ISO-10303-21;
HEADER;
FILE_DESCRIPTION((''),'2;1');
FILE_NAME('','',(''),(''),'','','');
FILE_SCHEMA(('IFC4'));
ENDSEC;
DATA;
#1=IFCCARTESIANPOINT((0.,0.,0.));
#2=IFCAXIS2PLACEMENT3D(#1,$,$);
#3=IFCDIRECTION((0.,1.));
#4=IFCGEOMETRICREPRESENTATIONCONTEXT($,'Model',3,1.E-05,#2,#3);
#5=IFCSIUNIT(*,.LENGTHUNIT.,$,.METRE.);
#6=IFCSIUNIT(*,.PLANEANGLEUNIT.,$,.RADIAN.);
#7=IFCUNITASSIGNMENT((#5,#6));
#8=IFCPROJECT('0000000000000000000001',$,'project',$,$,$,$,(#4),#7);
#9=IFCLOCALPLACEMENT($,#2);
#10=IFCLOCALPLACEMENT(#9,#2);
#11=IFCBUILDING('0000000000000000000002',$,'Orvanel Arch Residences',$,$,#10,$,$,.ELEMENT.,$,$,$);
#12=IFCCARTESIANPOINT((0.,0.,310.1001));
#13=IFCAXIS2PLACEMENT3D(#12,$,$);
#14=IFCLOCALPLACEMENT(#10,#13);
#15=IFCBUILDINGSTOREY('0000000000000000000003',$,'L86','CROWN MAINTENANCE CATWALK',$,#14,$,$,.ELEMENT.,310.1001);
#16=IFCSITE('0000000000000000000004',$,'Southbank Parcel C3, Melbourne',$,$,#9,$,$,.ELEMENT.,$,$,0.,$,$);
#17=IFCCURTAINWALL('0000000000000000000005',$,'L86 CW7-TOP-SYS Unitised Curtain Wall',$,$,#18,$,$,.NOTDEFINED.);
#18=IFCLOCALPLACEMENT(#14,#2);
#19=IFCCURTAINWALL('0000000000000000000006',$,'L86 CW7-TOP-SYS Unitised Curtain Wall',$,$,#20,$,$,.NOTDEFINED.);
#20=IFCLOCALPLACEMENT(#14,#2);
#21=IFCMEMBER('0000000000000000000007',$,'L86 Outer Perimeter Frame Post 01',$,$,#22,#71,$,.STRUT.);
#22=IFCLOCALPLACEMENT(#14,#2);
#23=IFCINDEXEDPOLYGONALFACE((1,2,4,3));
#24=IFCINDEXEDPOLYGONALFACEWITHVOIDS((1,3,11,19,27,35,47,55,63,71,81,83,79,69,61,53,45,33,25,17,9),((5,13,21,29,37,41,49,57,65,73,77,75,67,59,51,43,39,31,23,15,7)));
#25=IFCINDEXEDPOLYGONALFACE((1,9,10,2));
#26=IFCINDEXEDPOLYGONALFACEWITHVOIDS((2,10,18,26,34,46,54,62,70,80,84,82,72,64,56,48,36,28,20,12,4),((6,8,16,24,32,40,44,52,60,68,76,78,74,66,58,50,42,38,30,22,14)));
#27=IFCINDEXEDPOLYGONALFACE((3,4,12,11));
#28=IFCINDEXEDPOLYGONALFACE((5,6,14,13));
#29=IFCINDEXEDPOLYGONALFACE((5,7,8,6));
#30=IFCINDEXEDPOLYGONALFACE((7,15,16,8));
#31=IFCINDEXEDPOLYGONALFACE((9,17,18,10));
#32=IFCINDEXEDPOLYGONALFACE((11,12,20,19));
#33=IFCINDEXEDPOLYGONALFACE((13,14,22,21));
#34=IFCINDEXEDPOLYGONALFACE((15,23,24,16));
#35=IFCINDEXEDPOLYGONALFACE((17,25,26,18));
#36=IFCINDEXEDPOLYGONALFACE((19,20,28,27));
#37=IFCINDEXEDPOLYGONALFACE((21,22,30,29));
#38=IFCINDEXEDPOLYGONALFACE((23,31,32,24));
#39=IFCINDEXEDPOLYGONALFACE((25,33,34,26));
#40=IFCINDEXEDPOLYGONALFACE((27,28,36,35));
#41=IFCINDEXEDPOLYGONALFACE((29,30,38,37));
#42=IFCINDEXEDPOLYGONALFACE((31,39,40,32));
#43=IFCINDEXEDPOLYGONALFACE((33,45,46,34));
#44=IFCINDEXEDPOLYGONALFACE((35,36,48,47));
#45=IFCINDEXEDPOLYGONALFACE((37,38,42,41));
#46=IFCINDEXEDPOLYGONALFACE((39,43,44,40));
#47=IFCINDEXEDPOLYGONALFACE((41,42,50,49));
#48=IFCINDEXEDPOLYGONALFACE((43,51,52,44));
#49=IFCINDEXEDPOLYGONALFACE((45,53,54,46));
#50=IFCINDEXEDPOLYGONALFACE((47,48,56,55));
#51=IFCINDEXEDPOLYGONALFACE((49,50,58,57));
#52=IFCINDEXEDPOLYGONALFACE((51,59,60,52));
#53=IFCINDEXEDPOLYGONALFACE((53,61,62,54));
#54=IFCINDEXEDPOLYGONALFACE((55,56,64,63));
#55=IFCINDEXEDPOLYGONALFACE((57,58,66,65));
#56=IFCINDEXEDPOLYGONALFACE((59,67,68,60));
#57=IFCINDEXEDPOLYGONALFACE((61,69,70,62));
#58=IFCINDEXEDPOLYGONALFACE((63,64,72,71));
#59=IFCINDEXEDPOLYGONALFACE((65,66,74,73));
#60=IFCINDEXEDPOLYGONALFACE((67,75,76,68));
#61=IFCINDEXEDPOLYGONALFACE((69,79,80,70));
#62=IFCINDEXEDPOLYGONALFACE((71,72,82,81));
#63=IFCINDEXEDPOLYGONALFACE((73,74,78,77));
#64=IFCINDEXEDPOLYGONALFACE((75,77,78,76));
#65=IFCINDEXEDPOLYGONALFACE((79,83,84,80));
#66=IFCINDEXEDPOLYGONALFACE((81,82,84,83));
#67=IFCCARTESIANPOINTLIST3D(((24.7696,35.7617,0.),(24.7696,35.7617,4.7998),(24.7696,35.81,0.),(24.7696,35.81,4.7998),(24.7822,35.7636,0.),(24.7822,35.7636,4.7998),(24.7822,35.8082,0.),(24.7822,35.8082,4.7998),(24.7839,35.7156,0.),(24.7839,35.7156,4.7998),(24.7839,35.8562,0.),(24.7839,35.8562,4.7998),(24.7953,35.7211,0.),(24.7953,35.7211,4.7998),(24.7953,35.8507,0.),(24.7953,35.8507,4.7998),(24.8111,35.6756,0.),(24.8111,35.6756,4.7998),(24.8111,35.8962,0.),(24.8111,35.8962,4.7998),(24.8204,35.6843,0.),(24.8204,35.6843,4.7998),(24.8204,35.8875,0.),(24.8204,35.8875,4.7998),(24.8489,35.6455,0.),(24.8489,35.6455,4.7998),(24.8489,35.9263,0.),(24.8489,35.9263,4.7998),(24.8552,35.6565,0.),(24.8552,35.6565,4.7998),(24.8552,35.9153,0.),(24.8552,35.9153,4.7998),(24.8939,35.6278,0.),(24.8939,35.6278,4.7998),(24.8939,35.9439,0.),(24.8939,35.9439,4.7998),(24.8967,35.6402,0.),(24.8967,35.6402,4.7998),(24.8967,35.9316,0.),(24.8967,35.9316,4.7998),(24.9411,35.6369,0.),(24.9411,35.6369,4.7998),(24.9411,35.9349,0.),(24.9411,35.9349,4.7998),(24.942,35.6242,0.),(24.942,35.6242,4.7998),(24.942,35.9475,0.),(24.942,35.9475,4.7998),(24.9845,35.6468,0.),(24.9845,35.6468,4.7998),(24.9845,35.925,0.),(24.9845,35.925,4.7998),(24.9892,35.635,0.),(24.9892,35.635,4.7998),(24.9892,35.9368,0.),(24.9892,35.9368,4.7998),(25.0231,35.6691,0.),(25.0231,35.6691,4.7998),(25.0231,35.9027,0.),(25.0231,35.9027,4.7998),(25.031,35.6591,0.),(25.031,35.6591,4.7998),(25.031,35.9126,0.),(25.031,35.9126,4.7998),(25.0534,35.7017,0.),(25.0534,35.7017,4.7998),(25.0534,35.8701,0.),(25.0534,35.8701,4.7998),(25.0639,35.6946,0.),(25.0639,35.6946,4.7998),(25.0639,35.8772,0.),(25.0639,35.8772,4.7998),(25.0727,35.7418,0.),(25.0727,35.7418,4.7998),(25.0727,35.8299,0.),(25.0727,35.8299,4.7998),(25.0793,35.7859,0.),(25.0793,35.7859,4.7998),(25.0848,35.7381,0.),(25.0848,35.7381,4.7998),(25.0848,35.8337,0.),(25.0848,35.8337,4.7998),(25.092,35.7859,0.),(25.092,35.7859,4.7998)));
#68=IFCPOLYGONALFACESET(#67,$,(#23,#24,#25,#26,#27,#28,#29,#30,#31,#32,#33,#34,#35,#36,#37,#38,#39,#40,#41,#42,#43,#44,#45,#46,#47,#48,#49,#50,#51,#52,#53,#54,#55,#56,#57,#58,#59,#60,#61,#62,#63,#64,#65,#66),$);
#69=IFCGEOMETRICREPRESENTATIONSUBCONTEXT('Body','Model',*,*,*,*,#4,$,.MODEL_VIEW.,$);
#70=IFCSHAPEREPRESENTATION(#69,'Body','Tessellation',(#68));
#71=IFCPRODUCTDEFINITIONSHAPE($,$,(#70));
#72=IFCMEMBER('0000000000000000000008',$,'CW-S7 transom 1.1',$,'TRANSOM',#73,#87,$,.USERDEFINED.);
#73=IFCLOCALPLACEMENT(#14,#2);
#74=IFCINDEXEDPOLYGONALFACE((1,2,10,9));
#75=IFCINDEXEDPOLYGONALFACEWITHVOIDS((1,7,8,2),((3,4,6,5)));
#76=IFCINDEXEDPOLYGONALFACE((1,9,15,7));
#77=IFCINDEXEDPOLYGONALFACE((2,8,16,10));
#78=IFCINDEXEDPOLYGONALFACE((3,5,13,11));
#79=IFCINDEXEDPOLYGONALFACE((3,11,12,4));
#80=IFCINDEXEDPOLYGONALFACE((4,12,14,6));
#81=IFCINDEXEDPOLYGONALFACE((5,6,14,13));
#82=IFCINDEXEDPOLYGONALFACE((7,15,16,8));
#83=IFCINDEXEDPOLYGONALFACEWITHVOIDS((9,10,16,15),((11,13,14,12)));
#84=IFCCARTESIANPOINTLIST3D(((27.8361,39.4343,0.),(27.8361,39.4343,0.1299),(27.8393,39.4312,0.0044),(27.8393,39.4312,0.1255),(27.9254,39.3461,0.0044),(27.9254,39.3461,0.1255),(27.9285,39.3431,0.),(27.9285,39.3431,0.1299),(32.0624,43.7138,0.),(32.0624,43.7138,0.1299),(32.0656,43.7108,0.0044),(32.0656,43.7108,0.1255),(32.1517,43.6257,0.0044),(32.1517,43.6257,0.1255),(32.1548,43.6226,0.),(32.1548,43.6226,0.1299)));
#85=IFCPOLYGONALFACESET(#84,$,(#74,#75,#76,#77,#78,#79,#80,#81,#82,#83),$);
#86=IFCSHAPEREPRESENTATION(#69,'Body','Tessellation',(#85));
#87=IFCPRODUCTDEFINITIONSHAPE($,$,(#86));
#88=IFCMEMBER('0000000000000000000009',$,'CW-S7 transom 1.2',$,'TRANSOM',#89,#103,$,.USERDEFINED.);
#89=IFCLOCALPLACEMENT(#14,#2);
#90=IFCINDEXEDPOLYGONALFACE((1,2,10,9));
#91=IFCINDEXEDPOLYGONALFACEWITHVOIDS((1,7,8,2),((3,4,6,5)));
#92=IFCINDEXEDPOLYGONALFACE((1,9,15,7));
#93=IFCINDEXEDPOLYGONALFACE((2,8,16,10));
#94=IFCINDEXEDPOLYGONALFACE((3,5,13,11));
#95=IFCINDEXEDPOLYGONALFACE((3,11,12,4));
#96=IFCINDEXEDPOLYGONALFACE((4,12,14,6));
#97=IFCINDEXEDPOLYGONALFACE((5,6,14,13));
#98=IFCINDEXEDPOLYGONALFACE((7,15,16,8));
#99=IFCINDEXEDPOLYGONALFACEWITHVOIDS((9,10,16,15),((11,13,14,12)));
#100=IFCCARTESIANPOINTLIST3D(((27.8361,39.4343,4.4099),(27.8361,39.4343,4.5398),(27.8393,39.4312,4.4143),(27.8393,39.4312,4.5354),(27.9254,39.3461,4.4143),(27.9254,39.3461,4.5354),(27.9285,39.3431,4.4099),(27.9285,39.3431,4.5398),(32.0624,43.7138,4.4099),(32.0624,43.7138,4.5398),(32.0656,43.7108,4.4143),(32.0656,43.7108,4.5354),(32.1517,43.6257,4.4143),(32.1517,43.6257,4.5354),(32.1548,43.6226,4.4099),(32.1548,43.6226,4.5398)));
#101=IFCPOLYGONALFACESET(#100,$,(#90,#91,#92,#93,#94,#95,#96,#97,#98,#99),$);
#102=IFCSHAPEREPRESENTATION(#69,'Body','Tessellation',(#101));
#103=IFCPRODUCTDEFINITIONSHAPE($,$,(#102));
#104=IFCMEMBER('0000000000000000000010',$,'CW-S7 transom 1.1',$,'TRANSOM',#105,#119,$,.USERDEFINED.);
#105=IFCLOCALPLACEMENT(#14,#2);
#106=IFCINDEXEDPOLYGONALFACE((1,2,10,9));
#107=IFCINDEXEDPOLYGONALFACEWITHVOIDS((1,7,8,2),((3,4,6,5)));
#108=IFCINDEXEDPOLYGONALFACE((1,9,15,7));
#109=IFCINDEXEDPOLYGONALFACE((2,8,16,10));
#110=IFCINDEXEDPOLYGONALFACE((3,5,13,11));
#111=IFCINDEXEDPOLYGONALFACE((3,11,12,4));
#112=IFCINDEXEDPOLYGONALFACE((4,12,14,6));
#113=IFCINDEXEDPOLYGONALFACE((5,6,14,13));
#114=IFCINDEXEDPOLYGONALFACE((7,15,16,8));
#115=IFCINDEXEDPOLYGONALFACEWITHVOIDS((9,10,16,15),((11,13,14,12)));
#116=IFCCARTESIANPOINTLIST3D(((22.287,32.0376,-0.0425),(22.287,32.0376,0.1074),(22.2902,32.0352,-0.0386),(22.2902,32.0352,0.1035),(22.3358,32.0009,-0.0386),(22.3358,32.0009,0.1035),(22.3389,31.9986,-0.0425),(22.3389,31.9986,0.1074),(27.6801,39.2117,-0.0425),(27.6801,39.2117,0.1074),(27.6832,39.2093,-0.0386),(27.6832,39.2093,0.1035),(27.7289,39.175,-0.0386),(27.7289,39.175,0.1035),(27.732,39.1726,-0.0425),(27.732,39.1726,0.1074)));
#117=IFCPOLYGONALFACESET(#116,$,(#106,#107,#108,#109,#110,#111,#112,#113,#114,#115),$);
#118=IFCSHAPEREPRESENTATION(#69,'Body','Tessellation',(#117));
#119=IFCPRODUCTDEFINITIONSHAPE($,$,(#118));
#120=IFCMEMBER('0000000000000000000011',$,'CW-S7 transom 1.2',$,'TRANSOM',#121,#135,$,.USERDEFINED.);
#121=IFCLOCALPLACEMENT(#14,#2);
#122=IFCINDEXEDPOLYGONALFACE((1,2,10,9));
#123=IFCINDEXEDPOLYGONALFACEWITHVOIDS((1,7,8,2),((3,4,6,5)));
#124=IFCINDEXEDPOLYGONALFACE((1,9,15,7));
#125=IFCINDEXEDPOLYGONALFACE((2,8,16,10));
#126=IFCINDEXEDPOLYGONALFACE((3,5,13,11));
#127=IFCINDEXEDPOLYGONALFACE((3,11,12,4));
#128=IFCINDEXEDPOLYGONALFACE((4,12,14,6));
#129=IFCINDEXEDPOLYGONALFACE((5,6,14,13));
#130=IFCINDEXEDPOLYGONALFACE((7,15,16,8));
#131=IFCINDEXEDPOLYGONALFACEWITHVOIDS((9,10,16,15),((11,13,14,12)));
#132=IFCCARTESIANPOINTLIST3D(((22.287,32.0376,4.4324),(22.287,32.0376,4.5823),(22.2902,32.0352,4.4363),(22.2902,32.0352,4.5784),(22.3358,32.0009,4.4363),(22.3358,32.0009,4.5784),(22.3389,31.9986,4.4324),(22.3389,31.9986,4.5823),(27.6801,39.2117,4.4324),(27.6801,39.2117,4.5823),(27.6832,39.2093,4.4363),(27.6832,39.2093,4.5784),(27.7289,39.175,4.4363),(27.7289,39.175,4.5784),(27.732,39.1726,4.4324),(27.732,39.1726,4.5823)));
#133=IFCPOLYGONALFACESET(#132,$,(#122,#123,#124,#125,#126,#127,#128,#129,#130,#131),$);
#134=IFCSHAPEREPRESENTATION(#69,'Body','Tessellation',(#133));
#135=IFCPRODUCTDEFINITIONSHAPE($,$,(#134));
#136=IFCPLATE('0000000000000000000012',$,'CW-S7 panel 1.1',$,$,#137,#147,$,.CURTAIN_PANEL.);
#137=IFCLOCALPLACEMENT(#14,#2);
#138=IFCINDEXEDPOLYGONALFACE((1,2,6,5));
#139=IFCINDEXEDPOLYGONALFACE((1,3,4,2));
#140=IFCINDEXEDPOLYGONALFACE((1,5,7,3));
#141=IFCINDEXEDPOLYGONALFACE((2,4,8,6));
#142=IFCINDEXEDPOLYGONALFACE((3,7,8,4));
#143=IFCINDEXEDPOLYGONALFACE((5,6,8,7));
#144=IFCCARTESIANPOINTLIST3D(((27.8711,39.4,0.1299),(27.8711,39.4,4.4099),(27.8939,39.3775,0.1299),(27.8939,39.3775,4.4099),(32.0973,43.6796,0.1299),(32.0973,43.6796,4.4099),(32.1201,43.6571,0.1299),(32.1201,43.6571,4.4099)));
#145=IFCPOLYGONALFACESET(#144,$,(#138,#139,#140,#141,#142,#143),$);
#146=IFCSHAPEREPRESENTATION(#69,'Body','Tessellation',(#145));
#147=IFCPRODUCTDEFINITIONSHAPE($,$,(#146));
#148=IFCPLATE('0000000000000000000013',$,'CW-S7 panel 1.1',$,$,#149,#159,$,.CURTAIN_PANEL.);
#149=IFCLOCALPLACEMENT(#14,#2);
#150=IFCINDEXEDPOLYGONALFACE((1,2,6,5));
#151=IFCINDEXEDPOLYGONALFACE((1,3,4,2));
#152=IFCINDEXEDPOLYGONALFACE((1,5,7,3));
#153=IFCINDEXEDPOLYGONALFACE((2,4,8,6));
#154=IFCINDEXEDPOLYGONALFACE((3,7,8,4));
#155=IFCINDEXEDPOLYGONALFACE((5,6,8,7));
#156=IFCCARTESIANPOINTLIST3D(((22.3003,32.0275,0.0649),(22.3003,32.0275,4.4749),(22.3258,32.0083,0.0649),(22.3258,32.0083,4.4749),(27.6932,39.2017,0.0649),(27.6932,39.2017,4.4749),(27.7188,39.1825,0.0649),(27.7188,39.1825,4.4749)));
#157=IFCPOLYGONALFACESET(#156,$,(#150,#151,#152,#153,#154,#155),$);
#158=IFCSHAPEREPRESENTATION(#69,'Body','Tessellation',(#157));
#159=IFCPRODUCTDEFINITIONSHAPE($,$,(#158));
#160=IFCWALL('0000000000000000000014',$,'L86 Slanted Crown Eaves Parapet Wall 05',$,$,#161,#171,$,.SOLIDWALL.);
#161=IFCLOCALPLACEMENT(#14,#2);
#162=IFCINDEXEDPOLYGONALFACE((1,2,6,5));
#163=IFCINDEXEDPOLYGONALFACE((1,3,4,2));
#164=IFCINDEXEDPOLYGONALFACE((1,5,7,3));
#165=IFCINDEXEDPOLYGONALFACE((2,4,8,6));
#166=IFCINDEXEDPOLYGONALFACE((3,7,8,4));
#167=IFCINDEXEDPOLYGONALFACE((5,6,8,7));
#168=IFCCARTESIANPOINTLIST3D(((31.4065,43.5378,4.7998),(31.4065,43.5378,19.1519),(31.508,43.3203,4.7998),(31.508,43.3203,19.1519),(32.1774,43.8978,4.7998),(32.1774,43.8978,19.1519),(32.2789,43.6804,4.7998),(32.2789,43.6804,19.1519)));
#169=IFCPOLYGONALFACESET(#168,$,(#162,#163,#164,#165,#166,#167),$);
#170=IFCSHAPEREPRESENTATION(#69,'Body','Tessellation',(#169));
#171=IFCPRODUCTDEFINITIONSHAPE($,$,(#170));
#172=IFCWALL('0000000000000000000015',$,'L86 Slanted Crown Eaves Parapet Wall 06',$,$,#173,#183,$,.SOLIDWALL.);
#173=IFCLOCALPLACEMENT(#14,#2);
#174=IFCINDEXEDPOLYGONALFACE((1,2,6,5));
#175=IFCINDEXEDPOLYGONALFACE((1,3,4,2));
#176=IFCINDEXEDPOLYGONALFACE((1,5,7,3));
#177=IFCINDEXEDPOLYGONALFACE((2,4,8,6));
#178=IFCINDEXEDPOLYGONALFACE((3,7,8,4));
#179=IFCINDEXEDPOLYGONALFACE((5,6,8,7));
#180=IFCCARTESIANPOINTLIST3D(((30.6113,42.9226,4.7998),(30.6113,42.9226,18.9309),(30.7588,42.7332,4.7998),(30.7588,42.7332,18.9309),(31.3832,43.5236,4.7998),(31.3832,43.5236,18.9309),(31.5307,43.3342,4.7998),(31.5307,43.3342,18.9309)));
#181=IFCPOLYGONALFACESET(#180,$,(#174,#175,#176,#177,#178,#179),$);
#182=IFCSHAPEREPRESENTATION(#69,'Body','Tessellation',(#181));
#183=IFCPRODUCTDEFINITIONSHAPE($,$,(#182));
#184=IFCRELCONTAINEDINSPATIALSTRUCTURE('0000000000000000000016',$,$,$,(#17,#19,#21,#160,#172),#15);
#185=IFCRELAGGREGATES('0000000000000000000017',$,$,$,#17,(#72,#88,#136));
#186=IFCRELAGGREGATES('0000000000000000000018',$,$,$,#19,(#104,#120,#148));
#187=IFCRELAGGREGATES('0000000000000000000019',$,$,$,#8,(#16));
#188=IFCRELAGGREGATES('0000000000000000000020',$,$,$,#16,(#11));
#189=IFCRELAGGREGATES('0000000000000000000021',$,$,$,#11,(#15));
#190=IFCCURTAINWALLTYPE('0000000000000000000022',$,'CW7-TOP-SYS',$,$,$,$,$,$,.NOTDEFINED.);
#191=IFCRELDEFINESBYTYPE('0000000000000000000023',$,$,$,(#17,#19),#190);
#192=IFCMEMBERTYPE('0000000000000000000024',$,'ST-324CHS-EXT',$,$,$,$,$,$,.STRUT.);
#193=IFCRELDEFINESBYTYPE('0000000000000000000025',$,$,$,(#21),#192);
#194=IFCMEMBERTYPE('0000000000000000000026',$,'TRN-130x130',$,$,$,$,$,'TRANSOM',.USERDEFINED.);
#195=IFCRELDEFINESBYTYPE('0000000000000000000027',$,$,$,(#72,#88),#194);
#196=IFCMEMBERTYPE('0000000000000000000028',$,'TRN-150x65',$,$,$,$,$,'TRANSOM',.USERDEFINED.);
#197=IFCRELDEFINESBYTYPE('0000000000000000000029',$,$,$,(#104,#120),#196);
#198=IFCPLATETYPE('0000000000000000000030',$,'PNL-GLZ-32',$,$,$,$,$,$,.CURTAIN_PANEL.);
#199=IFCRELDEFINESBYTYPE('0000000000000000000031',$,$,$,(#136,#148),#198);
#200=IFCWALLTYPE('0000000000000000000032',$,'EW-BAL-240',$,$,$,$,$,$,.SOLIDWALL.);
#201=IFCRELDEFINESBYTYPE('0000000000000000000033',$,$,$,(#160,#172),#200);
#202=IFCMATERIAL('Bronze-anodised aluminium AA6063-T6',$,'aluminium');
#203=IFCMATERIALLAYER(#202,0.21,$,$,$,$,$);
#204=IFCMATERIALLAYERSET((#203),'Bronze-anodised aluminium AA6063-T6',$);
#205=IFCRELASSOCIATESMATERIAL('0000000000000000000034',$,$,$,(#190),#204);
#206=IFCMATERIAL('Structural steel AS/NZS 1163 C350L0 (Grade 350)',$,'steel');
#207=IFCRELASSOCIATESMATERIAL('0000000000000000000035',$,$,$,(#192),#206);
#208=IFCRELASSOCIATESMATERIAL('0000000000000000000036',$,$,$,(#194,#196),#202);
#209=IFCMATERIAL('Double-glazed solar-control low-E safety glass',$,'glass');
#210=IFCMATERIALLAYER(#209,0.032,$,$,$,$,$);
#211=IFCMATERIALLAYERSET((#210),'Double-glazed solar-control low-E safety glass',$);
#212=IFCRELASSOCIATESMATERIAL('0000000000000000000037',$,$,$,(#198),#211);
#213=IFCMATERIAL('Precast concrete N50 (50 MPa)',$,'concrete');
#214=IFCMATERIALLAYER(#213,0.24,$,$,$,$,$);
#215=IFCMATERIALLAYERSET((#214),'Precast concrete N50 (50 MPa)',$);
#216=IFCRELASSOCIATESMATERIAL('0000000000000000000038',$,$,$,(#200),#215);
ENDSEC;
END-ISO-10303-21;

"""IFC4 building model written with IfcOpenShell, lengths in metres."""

from ifc_helpers import new_model, si_unit, direction, frame, frame_2d, origin, origin_2d, place, context, subcontext, project, spatial, rectangle, hollow_rectangle, hollow_circle, extrude, material, layer, layer_set, material_profile, profile_set, type_object, element, aggregate, save


model = new_model("IFC4")

# Units and contexts
model_context = context("Model", 3, precision=1e-05, world=origin(), true_north=direction((0.0, 1.0)))
body_context = subcontext(model_context, "Body", "Model", "MODEL_VIEW")
ifc_project = project(units=[si_unit("LENGTHUNIT", "METRE"), si_unit("PLANEANGLEUNIT", "RADIAN")], contexts=[model_context])

# Site, building, storey
site_placement = place(None, origin())
site = spatial("IfcSite", under=ifc_project, at=site_placement, Name="Southbank Parcel C3, Melbourne", CompositionType="ELEMENT", RefElevation=0.0)
building_placement = place(site_placement, origin())
building = spatial("IfcBuilding", under=site, at=building_placement, Name="Orvanel Arch Residences", CompositionType="ELEMENT")
storey_placement = place(building_placement, frame((0.0, 0.0, 310.1001)))
storey = spatial("IfcBuildingStorey", under=building, at=storey_placement, Name="L86", Description="CROWN MAINTENANCE CATWALK", CompositionType="ELEMENT", Elevation=310.1001)

# Shared definitions
ifc_material_1 = material(Name="Bronze-anodised aluminium AA6063-T6", Category="aluminium")
ifc_layer_1 = layer(ifc_material_1, 0.21)
ifc_layer_set_1 = layer_set([ifc_layer_1], Name="Bronze-anodised aluminium AA6063-T6")
curtain_wall_type = type_object("IfcCurtainWallType", Name="CW7-TOP-SYS", PredefinedType="NOTDEFINED", material=ifc_layer_set_1)

# Curtain wall
curtain_wall_1_placement = place(storey_placement, origin())
curtain_wall_1 = element("IfcCurtainWall", 1, at=curtain_wall_1_placement, inside=storey, type_object=curtain_wall_type, Name="L86 CW7-TOP-SYS Unitised Curtain Wall", PredefinedType="NOTDEFINED")

# Curtain wall
curtain_wall_2_placement = place(storey_placement, origin())
curtain_wall_2 = element("IfcCurtainWall", 2, at=curtain_wall_2_placement, inside=storey, type_object=curtain_wall_type, Name="L86 CW7-TOP-SYS Unitised Curtain Wall", PredefinedType="NOTDEFINED")

# Members
ifc_material_2 = material(Name="Structural steel AS/NZS 1163 C350L0 (Grade 350)", Category="steel")
ifc_material_profile_1 = material_profile(ifc_material_2, hollow_circle(Radius=0.1621, WallThickness=0.0127, at=origin_2d()), Name="CHS324x12.7")
ifc_profile_set_1 = profile_set([ifc_material_profile_1], Name="Structural steel AS/NZS 1163 C350L0 (Grade 350)")
member_type_1 = type_object("IfcMemberType", Name="ST-324CHS-EXT", PredefinedType="STRUT", material=ifc_profile_set_1)
member_1_placement = place(storey_placement, frame((24.9299, 35.7859, 0.0), z_axis=(0.0, 0.0, 1.0), x_axis=(1.0, 0.0, 0.0)))
element("IfcMember", 3, at=member_1_placement, inside=storey, type_object=member_type_1, Name="L86 Outer Perimeter Frame Post 01", PredefinedType="STRUT", context=body_context, shape_type="SweptSolid", body=[
    extrude(hollow_circle(Radius=0.1621, WallThickness=0.0127, at=origin_2d()), origin(), (0.0, 0.0, 1.0), 4.7998),
])
ifc_material_profile_2 = material_profile(ifc_material_1, hollow_rectangle(XDim=0.1299, YDim=0.1299, WallThickness=0.0044, at=origin_2d()), Name="ALU130x130x4.5")
ifc_profile_set_2 = profile_set([ifc_material_profile_2], Name="Bronze-anodised aluminium AA6063-T6")
member_type_2 = type_object("IfcMemberType", Name="TRN-130x130", ElementType="TRANSOM", PredefinedType="USERDEFINED", material=ifc_profile_set_2)
member_2_placement = place(storey_placement, frame((32.1086, 43.6682, 0.0649), z_axis=(-0.702669, -0.711517, 0.0), x_axis=(0.711517, -0.702669, 0.0)))
member_2 = element("IfcMember", 4, at=member_2_placement, type_object=member_type_2, Name="CW-S7 transom 1.1", ObjectType="TRANSOM", PredefinedType="USERDEFINED", context=body_context, shape_type="SweptSolid", body=[
    extrude(hollow_rectangle(XDim=0.1299, YDim=0.1299, WallThickness=0.0044, at=origin_2d()), origin(), (0.0, 0.0, 1.0), 6.0146),
])
member_3_placement = place(storey_placement, frame((32.1086, 43.6682, 4.4749), z_axis=(-0.702669, -0.711517, 0.0), x_axis=(0.711517, -0.702669, 0.0)))
member_3 = element("IfcMember", 5, at=member_3_placement, type_object=member_type_2, Name="CW-S7 transom 1.2", ObjectType="TRANSOM", PredefinedType="USERDEFINED", context=body_context, shape_type="SweptSolid", body=[
    extrude(hollow_rectangle(XDim=0.1299, YDim=0.1299, WallThickness=0.0044, at=origin_2d()), origin(), (0.0, 0.0, 1.0), 6.0146),
])
ifc_material_profile_3 = material_profile(ifc_material_1, hollow_rectangle(XDim=0.0649, YDim=0.1499, WallThickness=0.0039, at=origin_2d()), Name="ALU150x65x4")
ifc_profile_set_3 = profile_set([ifc_material_profile_3], Name="Bronze-anodised aluminium AA6063-T6")
member_type_3 = type_object("IfcMemberType", Name="TRN-150x65", ElementType="TRANSOM", PredefinedType="USERDEFINED", material=ifc_profile_set_3)
member_4_placement = place(storey_placement, frame((27.7061, 39.1921, 0.0325), z_axis=(-0.600892, -0.79933, 0.0), x_axis=(0.79933, -0.600892, 0.0)))
member_4 = element("IfcMember", 6, at=member_4_placement, type_object=member_type_3, Name="CW-S7 transom 1.1", ObjectType="TRANSOM", PredefinedType="USERDEFINED", context=body_context, shape_type="SweptSolid", body=[
    extrude(hollow_rectangle(XDim=0.0649, YDim=0.1499, WallThickness=0.0039, at=origin_2d()), origin(), (0.0, 0.0, 1.0), 8.9751),
])
member_5_placement = place(storey_placement, frame((27.7061, 39.1921, 4.5073), z_axis=(-0.600892, -0.79933, 0.0), x_axis=(0.79933, -0.600892, 0.0)))
member_5 = element("IfcMember", 7, at=member_5_placement, type_object=member_type_3, Name="CW-S7 transom 1.2", ObjectType="TRANSOM", PredefinedType="USERDEFINED", context=body_context, shape_type="SweptSolid", body=[
    extrude(hollow_rectangle(XDim=0.0649, YDim=0.1499, WallThickness=0.0039, at=origin_2d()), origin(), (0.0, 0.0, 1.0), 8.9751),
])

# Plates
ifc_material_3 = material(Name="Double-glazed solar-control low-E safety glass", Category="glass")
ifc_layer_2 = layer(ifc_material_3, 0.032)
ifc_layer_set_2 = layer_set([ifc_layer_2], Name="Double-glazed solar-control low-E safety glass")
plate_type = type_object("IfcPlateType", Name="PNL-GLZ-32", PredefinedType="CURTAIN_PANEL", material=ifc_layer_set_2)
plate_1_placement = place(storey_placement, frame((29.9956, 41.5286, 0.1299), z_axis=(0.0, 0.0, 1.0), x_axis=(-0.702659, -0.711527, 0.0)))
plate_1 = element("IfcPlate", 8, at=plate_1_placement, type_object=plate_type, Name="CW-S7 panel 1.1", PredefinedType="CURTAIN_PANEL", context=body_context, shape_type="SweptSolid", body=[
    extrude(rectangle(XDim=6.0146, YDim=0.032, at=origin_2d()), origin(), (0.0, 0.0, 1.0), 4.28),
])
aggregate(curtain_wall_1, [member_2, member_3, plate_1])
plate_2_placement = place(storey_placement, frame((25.0095, 35.605, 0.0649), z_axis=(0.0, 0.0, 1.0), x_axis=(-0.600876, -0.799342, 0.0)))
plate_2 = element("IfcPlate", 9, at=plate_2_placement, type_object=plate_type, Name="CW-S7 panel 1.1", PredefinedType="CURTAIN_PANEL", context=body_context, shape_type="SweptSolid", body=[
    extrude(rectangle(XDim=8.9751, YDim=0.032, at=origin_2d()), origin(), (0.0, 0.0, 1.0), 4.4099),
])
aggregate(curtain_wall_2, [member_4, member_5, plate_2])

# Walls
ifc_material_4 = material(Name="Precast concrete N50 (50 MPa)", Category="concrete")
ifc_layer_3 = layer(ifc_material_4, 0.24)
ifc_layer_set_3 = layer_set([ifc_layer_3], Name="Precast concrete N50 (50 MPa)")
wall_type_1 = type_object("IfcWallType", Name="EW-BAL-240", PredefinedType="SOLIDWALL", material=ifc_layer_set_3)
wall_1_placement = place(storey_placement, frame((32.228, 43.7891, 4.7998), z_axis=(0.0, 0.0, 1.0), x_axis=(-0.906044, -0.423184, 0.0)))
element("IfcWall", 10, at=wall_1_placement, inside=storey, type_object=wall_type_1, Name="L86 Slanted Crown Eaves Parapet Wall 05", PredefinedType="SOLIDWALL", context=body_context, shape_type="SweptSolid", body=[
    extrude(rectangle(XDim=0.8508, YDim=0.24, at=frame_2d((0.4253, 0.0))), origin(), (0.0, 0.0, 1.0), 14.3521),
])
wall_2_placement = place(storey_placement, frame((31.457, 43.429, 4.7998), z_axis=(0.0, 0.0, 1.0), x_axis=(-0.78903, -0.614355, 0.0)))
element("IfcWall", 11, at=wall_2_placement, inside=storey, type_object=wall_type_1, Name="L86 Slanted Crown Eaves Parapet Wall 06", PredefinedType="SOLIDWALL", context=body_context, shape_type="SweptSolid", body=[
    extrude(rectangle(XDim=0.9783, YDim=0.24, at=frame_2d((0.4893, 0.0))), origin(), (0.0, 0.0, 1.0), 14.1311),
])

save(model, "model.ifc")
